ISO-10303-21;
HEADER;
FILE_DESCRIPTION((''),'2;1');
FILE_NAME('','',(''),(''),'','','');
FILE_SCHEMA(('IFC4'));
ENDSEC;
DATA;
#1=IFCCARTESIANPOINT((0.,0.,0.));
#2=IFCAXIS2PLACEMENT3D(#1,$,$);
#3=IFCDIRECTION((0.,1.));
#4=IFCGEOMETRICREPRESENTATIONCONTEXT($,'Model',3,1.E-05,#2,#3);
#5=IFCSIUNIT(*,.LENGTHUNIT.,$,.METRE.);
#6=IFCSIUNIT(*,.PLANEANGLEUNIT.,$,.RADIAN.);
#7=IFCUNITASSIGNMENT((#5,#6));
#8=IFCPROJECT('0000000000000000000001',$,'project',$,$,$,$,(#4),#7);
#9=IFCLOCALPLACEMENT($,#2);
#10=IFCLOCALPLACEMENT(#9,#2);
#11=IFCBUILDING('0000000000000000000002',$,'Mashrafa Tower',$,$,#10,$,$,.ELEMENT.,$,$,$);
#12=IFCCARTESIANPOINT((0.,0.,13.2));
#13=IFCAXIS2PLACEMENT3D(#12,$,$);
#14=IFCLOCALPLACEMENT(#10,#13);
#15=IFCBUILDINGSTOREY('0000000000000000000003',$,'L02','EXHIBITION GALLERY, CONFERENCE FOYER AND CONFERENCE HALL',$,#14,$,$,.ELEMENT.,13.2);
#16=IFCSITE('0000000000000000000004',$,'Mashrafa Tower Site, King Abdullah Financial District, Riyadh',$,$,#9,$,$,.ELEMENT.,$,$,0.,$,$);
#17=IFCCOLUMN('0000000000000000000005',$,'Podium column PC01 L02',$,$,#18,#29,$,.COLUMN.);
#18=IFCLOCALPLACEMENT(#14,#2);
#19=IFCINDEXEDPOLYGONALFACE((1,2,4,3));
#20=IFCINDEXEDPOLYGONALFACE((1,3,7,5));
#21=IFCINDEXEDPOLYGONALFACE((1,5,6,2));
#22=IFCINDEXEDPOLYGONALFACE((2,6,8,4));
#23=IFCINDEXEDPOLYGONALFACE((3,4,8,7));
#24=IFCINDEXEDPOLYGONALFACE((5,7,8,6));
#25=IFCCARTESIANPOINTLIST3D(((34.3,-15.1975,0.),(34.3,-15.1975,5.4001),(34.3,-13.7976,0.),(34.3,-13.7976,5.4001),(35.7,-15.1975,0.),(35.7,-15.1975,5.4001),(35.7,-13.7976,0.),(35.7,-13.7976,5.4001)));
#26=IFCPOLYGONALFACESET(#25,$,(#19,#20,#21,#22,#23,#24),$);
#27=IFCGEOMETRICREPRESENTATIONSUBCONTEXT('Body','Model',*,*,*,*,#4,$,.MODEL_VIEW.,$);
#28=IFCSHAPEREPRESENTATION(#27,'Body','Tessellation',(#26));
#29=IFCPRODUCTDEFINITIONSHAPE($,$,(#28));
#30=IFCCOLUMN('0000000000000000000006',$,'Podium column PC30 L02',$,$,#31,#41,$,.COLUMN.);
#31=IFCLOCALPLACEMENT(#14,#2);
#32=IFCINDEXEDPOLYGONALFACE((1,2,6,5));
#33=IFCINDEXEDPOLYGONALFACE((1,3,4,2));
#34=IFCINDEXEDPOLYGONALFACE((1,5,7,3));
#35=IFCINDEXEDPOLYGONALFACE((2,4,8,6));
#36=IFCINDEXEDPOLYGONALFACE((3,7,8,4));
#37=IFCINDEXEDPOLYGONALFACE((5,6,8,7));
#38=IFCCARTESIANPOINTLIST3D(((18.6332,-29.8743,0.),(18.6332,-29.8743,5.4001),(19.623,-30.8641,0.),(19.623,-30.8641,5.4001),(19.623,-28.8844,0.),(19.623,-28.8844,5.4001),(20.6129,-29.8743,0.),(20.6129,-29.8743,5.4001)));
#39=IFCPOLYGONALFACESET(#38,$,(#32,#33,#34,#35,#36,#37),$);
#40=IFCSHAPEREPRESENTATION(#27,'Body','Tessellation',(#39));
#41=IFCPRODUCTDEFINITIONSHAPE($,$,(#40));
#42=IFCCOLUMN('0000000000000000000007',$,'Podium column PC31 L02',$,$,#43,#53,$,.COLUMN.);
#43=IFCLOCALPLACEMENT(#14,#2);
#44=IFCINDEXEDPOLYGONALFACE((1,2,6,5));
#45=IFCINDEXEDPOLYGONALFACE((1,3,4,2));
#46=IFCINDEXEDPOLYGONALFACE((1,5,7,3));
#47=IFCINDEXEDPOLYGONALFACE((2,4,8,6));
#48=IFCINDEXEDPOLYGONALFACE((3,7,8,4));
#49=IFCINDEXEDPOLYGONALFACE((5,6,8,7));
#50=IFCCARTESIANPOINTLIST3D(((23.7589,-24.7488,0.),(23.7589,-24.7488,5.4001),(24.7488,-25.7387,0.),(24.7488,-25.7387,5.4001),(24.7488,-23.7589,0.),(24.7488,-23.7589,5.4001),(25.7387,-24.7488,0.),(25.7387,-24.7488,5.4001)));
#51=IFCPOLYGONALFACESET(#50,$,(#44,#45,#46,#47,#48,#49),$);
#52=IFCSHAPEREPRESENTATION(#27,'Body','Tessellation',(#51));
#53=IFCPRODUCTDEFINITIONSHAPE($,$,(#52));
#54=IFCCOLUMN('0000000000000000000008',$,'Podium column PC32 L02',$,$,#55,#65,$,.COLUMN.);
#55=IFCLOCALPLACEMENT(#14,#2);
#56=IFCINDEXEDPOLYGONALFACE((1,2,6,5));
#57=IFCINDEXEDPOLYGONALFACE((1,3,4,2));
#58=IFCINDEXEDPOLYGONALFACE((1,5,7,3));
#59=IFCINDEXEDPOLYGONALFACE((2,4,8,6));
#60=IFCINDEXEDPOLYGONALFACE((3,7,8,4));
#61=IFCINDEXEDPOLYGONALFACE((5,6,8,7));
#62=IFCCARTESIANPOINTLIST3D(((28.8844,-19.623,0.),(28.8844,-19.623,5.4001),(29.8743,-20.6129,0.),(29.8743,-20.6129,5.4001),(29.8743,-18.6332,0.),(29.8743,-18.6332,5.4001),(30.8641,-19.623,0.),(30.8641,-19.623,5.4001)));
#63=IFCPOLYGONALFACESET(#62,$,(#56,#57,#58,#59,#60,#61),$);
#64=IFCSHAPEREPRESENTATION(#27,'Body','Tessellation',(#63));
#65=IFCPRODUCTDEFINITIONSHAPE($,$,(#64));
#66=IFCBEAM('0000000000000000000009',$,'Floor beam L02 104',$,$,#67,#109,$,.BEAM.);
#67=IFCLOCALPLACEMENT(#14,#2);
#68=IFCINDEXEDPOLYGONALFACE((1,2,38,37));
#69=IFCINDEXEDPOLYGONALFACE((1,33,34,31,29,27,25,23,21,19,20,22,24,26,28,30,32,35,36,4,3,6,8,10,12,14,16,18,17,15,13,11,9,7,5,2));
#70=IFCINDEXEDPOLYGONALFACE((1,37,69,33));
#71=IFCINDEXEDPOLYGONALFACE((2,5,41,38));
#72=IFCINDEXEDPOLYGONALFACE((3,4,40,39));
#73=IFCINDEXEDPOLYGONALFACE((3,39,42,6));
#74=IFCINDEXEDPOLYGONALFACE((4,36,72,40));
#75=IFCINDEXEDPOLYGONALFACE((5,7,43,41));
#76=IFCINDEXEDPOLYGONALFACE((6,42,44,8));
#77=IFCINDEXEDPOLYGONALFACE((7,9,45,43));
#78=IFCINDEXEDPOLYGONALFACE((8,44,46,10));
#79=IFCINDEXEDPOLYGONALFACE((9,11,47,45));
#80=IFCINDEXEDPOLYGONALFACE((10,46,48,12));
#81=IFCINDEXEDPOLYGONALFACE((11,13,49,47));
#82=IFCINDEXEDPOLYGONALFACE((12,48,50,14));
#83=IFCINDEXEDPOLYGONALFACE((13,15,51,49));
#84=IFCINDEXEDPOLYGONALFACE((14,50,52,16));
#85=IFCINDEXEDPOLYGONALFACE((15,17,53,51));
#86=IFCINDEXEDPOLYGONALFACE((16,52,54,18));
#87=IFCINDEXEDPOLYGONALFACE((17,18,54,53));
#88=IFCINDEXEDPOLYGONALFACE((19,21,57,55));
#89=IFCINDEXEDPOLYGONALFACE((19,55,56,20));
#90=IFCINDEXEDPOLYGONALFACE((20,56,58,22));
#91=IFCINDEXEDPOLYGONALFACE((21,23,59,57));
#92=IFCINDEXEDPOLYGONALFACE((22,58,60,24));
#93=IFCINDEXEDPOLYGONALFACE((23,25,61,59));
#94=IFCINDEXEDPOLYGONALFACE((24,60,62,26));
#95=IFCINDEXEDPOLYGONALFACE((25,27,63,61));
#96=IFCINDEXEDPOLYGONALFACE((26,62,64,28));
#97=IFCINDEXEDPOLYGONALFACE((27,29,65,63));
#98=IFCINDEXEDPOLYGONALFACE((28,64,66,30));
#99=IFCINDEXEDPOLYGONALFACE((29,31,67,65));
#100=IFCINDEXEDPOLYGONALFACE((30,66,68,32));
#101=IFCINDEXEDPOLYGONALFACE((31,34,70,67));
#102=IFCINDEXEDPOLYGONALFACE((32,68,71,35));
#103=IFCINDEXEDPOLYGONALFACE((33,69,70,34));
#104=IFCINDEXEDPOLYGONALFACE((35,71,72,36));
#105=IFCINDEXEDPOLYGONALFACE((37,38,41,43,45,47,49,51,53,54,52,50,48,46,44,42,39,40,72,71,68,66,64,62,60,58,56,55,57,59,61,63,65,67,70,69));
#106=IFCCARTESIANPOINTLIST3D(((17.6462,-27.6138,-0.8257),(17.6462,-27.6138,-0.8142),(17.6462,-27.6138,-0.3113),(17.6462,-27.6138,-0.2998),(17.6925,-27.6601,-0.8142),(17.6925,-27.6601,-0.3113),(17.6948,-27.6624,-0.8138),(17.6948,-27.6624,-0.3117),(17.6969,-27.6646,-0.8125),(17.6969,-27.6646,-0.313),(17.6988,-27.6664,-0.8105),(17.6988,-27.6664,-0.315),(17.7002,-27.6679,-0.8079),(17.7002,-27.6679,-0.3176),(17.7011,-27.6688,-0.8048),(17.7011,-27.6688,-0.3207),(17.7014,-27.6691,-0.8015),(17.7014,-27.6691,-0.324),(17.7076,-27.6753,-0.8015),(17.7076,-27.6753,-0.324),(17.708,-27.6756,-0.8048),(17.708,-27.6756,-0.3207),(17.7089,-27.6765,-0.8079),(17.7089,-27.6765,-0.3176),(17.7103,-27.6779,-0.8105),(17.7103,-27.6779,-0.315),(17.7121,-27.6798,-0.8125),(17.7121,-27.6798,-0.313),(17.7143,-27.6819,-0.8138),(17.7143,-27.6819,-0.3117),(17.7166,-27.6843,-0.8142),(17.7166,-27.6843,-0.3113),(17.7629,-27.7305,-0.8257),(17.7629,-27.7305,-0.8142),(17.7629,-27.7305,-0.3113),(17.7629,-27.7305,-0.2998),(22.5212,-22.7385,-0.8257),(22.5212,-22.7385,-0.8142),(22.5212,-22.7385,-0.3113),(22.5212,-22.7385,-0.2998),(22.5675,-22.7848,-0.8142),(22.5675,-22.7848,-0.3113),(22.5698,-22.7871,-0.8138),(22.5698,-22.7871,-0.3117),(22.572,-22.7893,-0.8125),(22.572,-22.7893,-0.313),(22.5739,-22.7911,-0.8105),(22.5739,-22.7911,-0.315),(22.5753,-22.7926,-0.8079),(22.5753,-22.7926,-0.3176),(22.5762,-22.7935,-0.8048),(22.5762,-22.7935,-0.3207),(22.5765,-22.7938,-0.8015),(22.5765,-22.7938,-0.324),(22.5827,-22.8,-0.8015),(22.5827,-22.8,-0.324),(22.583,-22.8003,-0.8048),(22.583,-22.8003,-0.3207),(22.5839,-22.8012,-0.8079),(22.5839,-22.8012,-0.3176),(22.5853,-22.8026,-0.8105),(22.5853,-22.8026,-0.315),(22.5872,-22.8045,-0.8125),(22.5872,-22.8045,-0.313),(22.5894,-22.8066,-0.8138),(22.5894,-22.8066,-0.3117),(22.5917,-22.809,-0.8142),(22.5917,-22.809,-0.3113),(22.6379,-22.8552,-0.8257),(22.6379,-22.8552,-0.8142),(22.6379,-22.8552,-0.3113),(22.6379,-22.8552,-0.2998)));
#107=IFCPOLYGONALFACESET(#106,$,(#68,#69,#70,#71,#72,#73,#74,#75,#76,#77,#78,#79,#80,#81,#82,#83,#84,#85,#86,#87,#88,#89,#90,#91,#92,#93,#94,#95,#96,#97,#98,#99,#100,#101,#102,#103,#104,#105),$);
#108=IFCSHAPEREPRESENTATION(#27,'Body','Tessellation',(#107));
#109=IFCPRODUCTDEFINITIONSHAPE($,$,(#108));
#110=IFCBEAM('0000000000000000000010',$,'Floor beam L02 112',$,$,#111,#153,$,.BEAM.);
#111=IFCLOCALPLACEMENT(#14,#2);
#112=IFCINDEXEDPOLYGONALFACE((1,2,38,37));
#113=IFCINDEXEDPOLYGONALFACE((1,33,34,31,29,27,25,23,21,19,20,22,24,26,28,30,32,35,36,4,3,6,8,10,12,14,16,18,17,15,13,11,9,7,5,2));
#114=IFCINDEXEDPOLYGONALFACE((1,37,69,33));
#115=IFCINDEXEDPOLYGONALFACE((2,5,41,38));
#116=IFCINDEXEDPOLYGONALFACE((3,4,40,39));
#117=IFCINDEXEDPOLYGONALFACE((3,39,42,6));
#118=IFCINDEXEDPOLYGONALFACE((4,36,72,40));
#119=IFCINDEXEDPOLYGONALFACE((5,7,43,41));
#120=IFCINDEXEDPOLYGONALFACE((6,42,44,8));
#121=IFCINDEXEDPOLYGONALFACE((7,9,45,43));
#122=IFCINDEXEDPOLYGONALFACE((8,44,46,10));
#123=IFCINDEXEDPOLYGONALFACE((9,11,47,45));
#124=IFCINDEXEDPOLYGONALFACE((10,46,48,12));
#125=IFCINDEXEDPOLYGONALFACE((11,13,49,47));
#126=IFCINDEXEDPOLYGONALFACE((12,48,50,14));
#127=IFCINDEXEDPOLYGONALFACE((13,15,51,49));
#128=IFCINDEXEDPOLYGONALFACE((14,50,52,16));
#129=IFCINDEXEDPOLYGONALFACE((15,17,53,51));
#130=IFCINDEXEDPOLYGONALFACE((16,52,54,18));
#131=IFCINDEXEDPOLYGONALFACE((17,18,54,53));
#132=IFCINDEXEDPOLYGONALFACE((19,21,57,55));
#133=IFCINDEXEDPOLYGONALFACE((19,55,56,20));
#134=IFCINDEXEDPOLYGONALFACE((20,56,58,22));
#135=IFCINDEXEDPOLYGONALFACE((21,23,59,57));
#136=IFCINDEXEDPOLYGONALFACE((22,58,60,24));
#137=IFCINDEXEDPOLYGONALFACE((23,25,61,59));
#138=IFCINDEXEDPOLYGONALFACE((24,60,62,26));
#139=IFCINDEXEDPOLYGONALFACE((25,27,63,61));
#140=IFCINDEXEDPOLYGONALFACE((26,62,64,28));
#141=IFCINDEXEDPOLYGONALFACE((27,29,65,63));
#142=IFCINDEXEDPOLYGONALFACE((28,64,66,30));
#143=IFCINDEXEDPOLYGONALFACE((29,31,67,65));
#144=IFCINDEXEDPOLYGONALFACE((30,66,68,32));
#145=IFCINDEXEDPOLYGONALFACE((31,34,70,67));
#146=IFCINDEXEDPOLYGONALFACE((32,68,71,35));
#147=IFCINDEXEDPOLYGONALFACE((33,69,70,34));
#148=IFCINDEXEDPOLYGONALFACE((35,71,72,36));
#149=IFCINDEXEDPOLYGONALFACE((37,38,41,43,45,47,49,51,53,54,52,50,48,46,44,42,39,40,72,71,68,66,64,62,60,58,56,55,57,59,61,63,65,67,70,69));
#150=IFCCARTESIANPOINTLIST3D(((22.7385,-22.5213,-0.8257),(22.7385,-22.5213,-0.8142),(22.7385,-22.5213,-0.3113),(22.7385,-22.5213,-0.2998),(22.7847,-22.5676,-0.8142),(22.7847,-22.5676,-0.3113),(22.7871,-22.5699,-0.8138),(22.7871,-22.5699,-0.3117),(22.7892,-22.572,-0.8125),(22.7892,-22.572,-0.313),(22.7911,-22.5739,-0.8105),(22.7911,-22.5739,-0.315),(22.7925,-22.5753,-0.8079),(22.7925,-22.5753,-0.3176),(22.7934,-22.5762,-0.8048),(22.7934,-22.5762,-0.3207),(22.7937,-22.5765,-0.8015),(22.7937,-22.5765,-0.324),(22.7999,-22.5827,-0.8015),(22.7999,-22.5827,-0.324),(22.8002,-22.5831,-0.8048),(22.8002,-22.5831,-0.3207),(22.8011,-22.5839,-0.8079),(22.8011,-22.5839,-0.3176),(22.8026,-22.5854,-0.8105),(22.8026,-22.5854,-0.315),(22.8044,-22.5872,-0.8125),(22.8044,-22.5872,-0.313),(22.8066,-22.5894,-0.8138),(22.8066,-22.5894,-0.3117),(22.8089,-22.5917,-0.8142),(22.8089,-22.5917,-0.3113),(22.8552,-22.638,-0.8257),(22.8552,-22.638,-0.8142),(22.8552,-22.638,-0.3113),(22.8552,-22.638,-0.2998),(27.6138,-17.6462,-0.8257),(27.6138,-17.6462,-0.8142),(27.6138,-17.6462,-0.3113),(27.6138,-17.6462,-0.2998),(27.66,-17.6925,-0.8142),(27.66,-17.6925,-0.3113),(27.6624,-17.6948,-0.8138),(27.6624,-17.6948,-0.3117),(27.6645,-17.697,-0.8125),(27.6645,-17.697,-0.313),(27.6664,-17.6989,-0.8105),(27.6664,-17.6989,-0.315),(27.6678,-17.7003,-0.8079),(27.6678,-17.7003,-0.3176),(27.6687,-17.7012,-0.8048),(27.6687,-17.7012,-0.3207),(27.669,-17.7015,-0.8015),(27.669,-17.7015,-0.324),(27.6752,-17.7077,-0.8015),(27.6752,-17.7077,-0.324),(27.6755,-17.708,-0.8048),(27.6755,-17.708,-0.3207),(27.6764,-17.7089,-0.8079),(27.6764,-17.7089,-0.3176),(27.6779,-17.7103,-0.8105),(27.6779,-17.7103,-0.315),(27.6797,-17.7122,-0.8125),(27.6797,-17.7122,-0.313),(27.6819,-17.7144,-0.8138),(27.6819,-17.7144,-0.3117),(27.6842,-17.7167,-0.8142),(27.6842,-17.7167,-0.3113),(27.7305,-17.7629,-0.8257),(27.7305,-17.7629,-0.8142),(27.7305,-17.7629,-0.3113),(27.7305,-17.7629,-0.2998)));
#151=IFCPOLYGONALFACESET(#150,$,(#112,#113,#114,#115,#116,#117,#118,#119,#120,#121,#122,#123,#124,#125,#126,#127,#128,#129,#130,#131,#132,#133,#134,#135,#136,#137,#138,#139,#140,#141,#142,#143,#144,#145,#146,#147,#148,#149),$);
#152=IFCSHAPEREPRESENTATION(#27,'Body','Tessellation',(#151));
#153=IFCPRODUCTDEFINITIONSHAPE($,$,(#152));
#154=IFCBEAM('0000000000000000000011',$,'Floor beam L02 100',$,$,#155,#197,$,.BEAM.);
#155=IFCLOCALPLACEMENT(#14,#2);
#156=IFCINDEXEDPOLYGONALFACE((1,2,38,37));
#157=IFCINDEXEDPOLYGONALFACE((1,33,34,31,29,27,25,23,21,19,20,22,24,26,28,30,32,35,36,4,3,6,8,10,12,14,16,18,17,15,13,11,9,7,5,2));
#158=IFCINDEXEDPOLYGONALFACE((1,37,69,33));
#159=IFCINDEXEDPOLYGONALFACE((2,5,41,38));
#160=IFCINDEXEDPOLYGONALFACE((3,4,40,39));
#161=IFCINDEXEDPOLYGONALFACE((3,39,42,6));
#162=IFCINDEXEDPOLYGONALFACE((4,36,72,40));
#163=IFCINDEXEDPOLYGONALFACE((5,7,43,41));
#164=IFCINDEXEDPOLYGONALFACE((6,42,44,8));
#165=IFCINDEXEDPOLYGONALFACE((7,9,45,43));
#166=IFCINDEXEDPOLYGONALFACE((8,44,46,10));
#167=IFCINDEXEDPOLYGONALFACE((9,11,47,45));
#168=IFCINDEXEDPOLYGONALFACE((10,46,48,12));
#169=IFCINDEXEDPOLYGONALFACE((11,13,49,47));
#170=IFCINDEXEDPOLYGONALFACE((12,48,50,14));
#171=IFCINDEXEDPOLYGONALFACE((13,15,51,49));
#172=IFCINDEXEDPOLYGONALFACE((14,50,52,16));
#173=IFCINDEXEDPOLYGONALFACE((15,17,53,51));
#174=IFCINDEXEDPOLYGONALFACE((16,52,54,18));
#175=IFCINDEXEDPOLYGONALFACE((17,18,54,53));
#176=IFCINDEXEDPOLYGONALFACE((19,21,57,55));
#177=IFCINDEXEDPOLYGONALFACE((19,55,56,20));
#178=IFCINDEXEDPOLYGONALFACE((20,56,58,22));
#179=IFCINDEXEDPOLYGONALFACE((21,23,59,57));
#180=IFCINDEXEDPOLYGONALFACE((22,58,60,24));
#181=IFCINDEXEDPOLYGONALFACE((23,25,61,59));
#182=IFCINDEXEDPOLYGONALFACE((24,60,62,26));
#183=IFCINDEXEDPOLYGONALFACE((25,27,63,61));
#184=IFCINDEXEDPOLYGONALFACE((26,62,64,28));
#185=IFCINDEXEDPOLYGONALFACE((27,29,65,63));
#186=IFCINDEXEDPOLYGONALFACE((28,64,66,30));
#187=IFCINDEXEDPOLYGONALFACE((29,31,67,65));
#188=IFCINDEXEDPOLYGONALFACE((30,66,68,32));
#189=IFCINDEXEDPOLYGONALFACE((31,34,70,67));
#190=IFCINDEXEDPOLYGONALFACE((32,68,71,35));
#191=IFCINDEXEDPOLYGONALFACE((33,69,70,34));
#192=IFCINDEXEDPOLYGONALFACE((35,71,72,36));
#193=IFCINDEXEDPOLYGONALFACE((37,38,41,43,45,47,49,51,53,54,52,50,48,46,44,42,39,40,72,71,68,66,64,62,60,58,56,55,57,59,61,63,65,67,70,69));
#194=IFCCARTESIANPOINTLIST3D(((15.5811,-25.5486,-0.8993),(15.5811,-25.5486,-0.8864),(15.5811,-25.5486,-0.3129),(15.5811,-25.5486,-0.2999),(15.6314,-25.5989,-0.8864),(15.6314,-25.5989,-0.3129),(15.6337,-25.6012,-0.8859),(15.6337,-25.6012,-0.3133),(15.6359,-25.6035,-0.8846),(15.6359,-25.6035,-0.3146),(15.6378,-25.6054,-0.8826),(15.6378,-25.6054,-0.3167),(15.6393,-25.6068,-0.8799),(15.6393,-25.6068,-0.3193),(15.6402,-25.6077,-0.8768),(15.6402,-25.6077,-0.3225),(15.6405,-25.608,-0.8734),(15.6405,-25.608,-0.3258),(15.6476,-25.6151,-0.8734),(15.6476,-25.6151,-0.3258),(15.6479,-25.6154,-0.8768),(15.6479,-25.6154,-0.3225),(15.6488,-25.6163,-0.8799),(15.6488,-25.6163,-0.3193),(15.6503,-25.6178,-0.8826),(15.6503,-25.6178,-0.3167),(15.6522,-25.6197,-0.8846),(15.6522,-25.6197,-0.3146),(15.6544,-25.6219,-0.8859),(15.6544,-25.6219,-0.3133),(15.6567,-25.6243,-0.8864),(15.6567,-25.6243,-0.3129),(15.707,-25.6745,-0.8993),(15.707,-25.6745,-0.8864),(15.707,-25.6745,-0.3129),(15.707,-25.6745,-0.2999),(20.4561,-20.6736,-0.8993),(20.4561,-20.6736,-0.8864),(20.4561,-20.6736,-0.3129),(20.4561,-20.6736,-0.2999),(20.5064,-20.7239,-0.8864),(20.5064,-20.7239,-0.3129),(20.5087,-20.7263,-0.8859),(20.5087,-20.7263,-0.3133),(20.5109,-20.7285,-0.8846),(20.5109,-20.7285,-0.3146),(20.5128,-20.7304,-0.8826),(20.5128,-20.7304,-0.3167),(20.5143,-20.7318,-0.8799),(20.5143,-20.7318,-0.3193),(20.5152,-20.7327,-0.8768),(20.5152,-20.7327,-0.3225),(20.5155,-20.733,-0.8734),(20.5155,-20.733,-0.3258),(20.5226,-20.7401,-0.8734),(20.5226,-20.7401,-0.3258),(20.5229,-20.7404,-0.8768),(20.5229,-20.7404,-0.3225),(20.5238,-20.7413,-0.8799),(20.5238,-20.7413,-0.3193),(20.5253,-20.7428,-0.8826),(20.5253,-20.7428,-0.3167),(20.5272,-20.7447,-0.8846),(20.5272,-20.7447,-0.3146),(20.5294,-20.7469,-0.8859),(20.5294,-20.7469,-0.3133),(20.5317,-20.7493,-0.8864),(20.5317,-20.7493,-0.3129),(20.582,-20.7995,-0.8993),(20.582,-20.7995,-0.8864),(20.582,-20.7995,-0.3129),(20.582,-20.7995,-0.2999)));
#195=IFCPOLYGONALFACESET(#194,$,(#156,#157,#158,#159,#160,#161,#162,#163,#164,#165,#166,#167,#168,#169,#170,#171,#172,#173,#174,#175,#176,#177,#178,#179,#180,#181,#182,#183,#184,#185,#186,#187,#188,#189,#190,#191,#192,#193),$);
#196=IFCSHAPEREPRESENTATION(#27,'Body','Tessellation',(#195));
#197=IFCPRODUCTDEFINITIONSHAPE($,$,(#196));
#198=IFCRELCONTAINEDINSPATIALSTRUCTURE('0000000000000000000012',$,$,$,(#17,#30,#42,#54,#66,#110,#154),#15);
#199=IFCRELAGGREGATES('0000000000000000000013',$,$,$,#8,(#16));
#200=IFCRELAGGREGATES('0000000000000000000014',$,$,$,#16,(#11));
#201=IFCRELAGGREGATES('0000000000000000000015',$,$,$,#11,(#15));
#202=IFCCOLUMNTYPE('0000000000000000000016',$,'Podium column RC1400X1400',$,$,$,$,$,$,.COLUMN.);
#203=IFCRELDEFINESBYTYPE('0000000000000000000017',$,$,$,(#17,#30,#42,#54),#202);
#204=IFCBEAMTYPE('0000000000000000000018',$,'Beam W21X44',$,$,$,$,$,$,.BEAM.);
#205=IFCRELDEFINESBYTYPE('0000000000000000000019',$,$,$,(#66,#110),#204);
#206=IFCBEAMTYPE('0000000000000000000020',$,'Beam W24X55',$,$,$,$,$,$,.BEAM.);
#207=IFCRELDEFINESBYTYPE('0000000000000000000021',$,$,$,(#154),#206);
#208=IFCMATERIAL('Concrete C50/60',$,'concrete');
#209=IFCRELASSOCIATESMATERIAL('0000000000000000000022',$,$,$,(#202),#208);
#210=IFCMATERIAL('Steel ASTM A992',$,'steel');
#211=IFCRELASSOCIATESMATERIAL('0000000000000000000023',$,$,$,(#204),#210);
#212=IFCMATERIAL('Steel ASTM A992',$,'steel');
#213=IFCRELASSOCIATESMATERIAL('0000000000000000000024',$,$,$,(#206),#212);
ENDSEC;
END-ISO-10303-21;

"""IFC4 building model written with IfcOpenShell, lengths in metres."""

from ifc_helpers import new_model, si_unit, direction, frame, origin, origin_2d, place, context, subcontext, project, spatial, rectangle, i_section, extrude, material, material_profile, profile_set, type_object, element, save


model = new_model("IFC4")

# Units and contexts
model_context = context("Model", 3, precision=1e-05, world=origin(), true_north=direction((0.0, 1.0)))
body_context = subcontext(model_context, "Body", "Model", "MODEL_VIEW")
ifc_project = project(units=[si_unit("LENGTHUNIT", "METRE"), si_unit("PLANEANGLEUNIT", "RADIAN")], contexts=[model_context])

# Site, building, storey
site_placement = place(None, origin())
site = spatial("IfcSite", under=ifc_project, at=site_placement, Name="Mashrafa Tower Site, King Abdullah Financial District, Riyadh", CompositionType="ELEMENT", RefElevation=0.0)
building_placement = place(site_placement, origin())
building = spatial("IfcBuilding", under=site, at=building_placement, Name="Mashrafa Tower", CompositionType="ELEMENT")
storey_placement = place(building_placement, frame((0.0, 0.0, 13.2)))
storey = spatial("IfcBuildingStorey", under=building, at=storey_placement, Name="L02", Description="EXHIBITION GALLERY, CONFERENCE FOYER AND CONFERENCE HALL", CompositionType="ELEMENT", Elevation=13.2)

# Columns
ifc_material_1 = material(Name="Concrete C50/60", Category="concrete")
ifc_material_profile_1 = material_profile(ifc_material_1, rectangle(XDim=1.3999, YDim=1.3999, at=origin_2d()), Name="RC1400X1400")
ifc_profile_set_1 = profile_set([ifc_material_profile_1], Name="Concrete C50/60")
column_type = type_object("IfcColumnType", Name="Podium column RC1400X1400", PredefinedType="COLUMN", material=ifc_profile_set_1)
for number, where, z_axis, x_axis, name in (
    (1, (35.0, -14.4976, 0.0), (0.0, 0.0, 1.0), (1.0, 0.0, 0.0), "Podium column PC01 L02"),
    (2, (19.623, -29.8743, 0.0), (0.0, 0.0, 1.0), (0.707107, 0.707107, 0.0), "Podium column PC30 L02"),
    (3, (24.7488, -24.7488, 0.0), (0.0, 0.0, 1.0), (0.707107, 0.707107, 0.0), "Podium column PC31 L02"),
    (4, (29.8743, -19.623, 0.0), (0.0, 0.0, 1.0), (0.707107, 0.707107, 0.0), "Podium column PC32 L02"),
):
    element("IfcColumn", number, at=place(storey_placement, frame(where, z_axis=z_axis, x_axis=x_axis)), inside=storey, type_object=column_type, Name=name, PredefinedType="COLUMN", context=body_context, shape_type="SweptSolid", body=[
        extrude(rectangle(XDim=1.3999, YDim=1.3999, at=origin_2d()), origin(), (0.0, 0.0, 1.0), 5.4001),
    ])

# Beams
ifc_material_2 = material(Name="Steel ASTM A992", Category="steel")
ifc_material_profile_2 = material_profile(ifc_material_2, i_section(OverallWidth=0.165, OverallDepth=0.5259, WebThickness=0.0088, FlangeThickness=0.0115, FilletRadius=0.0127, at=origin_2d()), Name="W21X44")
ifc_profile_set_2 = profile_set([ifc_material_profile_2], Name="Steel ASTM A992")
beam_type_1 = type_object("IfcBeamType", Name="Beam W21X44", PredefinedType="BEAM", material=ifc_profile_set_2)
for number, where, z_axis, x_axis, name in (
    (5, (22.5796, -22.7969, -0.5627), (-0.707089, -0.707124, 0.0), (0.707124, -0.707089, 0.0), "Floor beam L02 104"),
    (6, (27.6721, -17.7046, -0.5627), (-0.707124, -0.707089, 0.0), (0.707089, -0.707124, 0.0), "Floor beam L02 112"),
):
    element("IfcBeam", number, at=place(storey_placement, frame(where, z_axis=z_axis, x_axis=x_axis)), inside=storey, type_object=beam_type_1, Name=name, PredefinedType="BEAM", context=body_context, shape_type="SweptSolid", body=[
        extrude(i_section(OverallWidth=0.165, OverallDepth=0.5259, WebThickness=0.0088, FlangeThickness=0.0115, FilletRadius=0.0127, at=origin_2d()), origin(), (0.0, 0.0, 1.0), 6.8945),
    ])
ifc_material_3 = material(Name="Steel ASTM A992", Category="steel")
ifc_material_profile_3 = material_profile(ifc_material_3, i_section(OverallWidth=0.178, OverallDepth=0.5994, WebThickness=0.01, FlangeThickness=0.0129, FilletRadius=0.0129, at=origin_2d()), Name="W24X55")
ifc_profile_set_3 = profile_set([ifc_material_profile_3], Name="Steel ASTM A992")
beam_type_2 = type_object("IfcBeamType", Name="Beam W24X55", PredefinedType="BEAM", material=ifc_profile_set_3)
for number, where, z_axis, x_axis, name in (
    (7, (20.519, -20.7366, -0.5996), (-0.707107, -0.707107, 0.0), (0.707107, -0.707107, 0.0), "Floor beam L02 100"),
):
    element("IfcBeam", number, at=place(storey_placement, frame(where, z_axis=z_axis, x_axis=x_axis)), inside=storey, type_object=beam_type_2, Name=name, PredefinedType="BEAM", context=body_context, shape_type="SweptSolid", body=[
        extrude(i_section(OverallWidth=0.178, OverallDepth=0.5994, WebThickness=0.01, FlangeThickness=0.0129, FilletRadius=0.0129, at=origin_2d()), origin(), (0.0, 0.0, 1.0), 6.8943),
    ])

save(model, "model.ifc")
